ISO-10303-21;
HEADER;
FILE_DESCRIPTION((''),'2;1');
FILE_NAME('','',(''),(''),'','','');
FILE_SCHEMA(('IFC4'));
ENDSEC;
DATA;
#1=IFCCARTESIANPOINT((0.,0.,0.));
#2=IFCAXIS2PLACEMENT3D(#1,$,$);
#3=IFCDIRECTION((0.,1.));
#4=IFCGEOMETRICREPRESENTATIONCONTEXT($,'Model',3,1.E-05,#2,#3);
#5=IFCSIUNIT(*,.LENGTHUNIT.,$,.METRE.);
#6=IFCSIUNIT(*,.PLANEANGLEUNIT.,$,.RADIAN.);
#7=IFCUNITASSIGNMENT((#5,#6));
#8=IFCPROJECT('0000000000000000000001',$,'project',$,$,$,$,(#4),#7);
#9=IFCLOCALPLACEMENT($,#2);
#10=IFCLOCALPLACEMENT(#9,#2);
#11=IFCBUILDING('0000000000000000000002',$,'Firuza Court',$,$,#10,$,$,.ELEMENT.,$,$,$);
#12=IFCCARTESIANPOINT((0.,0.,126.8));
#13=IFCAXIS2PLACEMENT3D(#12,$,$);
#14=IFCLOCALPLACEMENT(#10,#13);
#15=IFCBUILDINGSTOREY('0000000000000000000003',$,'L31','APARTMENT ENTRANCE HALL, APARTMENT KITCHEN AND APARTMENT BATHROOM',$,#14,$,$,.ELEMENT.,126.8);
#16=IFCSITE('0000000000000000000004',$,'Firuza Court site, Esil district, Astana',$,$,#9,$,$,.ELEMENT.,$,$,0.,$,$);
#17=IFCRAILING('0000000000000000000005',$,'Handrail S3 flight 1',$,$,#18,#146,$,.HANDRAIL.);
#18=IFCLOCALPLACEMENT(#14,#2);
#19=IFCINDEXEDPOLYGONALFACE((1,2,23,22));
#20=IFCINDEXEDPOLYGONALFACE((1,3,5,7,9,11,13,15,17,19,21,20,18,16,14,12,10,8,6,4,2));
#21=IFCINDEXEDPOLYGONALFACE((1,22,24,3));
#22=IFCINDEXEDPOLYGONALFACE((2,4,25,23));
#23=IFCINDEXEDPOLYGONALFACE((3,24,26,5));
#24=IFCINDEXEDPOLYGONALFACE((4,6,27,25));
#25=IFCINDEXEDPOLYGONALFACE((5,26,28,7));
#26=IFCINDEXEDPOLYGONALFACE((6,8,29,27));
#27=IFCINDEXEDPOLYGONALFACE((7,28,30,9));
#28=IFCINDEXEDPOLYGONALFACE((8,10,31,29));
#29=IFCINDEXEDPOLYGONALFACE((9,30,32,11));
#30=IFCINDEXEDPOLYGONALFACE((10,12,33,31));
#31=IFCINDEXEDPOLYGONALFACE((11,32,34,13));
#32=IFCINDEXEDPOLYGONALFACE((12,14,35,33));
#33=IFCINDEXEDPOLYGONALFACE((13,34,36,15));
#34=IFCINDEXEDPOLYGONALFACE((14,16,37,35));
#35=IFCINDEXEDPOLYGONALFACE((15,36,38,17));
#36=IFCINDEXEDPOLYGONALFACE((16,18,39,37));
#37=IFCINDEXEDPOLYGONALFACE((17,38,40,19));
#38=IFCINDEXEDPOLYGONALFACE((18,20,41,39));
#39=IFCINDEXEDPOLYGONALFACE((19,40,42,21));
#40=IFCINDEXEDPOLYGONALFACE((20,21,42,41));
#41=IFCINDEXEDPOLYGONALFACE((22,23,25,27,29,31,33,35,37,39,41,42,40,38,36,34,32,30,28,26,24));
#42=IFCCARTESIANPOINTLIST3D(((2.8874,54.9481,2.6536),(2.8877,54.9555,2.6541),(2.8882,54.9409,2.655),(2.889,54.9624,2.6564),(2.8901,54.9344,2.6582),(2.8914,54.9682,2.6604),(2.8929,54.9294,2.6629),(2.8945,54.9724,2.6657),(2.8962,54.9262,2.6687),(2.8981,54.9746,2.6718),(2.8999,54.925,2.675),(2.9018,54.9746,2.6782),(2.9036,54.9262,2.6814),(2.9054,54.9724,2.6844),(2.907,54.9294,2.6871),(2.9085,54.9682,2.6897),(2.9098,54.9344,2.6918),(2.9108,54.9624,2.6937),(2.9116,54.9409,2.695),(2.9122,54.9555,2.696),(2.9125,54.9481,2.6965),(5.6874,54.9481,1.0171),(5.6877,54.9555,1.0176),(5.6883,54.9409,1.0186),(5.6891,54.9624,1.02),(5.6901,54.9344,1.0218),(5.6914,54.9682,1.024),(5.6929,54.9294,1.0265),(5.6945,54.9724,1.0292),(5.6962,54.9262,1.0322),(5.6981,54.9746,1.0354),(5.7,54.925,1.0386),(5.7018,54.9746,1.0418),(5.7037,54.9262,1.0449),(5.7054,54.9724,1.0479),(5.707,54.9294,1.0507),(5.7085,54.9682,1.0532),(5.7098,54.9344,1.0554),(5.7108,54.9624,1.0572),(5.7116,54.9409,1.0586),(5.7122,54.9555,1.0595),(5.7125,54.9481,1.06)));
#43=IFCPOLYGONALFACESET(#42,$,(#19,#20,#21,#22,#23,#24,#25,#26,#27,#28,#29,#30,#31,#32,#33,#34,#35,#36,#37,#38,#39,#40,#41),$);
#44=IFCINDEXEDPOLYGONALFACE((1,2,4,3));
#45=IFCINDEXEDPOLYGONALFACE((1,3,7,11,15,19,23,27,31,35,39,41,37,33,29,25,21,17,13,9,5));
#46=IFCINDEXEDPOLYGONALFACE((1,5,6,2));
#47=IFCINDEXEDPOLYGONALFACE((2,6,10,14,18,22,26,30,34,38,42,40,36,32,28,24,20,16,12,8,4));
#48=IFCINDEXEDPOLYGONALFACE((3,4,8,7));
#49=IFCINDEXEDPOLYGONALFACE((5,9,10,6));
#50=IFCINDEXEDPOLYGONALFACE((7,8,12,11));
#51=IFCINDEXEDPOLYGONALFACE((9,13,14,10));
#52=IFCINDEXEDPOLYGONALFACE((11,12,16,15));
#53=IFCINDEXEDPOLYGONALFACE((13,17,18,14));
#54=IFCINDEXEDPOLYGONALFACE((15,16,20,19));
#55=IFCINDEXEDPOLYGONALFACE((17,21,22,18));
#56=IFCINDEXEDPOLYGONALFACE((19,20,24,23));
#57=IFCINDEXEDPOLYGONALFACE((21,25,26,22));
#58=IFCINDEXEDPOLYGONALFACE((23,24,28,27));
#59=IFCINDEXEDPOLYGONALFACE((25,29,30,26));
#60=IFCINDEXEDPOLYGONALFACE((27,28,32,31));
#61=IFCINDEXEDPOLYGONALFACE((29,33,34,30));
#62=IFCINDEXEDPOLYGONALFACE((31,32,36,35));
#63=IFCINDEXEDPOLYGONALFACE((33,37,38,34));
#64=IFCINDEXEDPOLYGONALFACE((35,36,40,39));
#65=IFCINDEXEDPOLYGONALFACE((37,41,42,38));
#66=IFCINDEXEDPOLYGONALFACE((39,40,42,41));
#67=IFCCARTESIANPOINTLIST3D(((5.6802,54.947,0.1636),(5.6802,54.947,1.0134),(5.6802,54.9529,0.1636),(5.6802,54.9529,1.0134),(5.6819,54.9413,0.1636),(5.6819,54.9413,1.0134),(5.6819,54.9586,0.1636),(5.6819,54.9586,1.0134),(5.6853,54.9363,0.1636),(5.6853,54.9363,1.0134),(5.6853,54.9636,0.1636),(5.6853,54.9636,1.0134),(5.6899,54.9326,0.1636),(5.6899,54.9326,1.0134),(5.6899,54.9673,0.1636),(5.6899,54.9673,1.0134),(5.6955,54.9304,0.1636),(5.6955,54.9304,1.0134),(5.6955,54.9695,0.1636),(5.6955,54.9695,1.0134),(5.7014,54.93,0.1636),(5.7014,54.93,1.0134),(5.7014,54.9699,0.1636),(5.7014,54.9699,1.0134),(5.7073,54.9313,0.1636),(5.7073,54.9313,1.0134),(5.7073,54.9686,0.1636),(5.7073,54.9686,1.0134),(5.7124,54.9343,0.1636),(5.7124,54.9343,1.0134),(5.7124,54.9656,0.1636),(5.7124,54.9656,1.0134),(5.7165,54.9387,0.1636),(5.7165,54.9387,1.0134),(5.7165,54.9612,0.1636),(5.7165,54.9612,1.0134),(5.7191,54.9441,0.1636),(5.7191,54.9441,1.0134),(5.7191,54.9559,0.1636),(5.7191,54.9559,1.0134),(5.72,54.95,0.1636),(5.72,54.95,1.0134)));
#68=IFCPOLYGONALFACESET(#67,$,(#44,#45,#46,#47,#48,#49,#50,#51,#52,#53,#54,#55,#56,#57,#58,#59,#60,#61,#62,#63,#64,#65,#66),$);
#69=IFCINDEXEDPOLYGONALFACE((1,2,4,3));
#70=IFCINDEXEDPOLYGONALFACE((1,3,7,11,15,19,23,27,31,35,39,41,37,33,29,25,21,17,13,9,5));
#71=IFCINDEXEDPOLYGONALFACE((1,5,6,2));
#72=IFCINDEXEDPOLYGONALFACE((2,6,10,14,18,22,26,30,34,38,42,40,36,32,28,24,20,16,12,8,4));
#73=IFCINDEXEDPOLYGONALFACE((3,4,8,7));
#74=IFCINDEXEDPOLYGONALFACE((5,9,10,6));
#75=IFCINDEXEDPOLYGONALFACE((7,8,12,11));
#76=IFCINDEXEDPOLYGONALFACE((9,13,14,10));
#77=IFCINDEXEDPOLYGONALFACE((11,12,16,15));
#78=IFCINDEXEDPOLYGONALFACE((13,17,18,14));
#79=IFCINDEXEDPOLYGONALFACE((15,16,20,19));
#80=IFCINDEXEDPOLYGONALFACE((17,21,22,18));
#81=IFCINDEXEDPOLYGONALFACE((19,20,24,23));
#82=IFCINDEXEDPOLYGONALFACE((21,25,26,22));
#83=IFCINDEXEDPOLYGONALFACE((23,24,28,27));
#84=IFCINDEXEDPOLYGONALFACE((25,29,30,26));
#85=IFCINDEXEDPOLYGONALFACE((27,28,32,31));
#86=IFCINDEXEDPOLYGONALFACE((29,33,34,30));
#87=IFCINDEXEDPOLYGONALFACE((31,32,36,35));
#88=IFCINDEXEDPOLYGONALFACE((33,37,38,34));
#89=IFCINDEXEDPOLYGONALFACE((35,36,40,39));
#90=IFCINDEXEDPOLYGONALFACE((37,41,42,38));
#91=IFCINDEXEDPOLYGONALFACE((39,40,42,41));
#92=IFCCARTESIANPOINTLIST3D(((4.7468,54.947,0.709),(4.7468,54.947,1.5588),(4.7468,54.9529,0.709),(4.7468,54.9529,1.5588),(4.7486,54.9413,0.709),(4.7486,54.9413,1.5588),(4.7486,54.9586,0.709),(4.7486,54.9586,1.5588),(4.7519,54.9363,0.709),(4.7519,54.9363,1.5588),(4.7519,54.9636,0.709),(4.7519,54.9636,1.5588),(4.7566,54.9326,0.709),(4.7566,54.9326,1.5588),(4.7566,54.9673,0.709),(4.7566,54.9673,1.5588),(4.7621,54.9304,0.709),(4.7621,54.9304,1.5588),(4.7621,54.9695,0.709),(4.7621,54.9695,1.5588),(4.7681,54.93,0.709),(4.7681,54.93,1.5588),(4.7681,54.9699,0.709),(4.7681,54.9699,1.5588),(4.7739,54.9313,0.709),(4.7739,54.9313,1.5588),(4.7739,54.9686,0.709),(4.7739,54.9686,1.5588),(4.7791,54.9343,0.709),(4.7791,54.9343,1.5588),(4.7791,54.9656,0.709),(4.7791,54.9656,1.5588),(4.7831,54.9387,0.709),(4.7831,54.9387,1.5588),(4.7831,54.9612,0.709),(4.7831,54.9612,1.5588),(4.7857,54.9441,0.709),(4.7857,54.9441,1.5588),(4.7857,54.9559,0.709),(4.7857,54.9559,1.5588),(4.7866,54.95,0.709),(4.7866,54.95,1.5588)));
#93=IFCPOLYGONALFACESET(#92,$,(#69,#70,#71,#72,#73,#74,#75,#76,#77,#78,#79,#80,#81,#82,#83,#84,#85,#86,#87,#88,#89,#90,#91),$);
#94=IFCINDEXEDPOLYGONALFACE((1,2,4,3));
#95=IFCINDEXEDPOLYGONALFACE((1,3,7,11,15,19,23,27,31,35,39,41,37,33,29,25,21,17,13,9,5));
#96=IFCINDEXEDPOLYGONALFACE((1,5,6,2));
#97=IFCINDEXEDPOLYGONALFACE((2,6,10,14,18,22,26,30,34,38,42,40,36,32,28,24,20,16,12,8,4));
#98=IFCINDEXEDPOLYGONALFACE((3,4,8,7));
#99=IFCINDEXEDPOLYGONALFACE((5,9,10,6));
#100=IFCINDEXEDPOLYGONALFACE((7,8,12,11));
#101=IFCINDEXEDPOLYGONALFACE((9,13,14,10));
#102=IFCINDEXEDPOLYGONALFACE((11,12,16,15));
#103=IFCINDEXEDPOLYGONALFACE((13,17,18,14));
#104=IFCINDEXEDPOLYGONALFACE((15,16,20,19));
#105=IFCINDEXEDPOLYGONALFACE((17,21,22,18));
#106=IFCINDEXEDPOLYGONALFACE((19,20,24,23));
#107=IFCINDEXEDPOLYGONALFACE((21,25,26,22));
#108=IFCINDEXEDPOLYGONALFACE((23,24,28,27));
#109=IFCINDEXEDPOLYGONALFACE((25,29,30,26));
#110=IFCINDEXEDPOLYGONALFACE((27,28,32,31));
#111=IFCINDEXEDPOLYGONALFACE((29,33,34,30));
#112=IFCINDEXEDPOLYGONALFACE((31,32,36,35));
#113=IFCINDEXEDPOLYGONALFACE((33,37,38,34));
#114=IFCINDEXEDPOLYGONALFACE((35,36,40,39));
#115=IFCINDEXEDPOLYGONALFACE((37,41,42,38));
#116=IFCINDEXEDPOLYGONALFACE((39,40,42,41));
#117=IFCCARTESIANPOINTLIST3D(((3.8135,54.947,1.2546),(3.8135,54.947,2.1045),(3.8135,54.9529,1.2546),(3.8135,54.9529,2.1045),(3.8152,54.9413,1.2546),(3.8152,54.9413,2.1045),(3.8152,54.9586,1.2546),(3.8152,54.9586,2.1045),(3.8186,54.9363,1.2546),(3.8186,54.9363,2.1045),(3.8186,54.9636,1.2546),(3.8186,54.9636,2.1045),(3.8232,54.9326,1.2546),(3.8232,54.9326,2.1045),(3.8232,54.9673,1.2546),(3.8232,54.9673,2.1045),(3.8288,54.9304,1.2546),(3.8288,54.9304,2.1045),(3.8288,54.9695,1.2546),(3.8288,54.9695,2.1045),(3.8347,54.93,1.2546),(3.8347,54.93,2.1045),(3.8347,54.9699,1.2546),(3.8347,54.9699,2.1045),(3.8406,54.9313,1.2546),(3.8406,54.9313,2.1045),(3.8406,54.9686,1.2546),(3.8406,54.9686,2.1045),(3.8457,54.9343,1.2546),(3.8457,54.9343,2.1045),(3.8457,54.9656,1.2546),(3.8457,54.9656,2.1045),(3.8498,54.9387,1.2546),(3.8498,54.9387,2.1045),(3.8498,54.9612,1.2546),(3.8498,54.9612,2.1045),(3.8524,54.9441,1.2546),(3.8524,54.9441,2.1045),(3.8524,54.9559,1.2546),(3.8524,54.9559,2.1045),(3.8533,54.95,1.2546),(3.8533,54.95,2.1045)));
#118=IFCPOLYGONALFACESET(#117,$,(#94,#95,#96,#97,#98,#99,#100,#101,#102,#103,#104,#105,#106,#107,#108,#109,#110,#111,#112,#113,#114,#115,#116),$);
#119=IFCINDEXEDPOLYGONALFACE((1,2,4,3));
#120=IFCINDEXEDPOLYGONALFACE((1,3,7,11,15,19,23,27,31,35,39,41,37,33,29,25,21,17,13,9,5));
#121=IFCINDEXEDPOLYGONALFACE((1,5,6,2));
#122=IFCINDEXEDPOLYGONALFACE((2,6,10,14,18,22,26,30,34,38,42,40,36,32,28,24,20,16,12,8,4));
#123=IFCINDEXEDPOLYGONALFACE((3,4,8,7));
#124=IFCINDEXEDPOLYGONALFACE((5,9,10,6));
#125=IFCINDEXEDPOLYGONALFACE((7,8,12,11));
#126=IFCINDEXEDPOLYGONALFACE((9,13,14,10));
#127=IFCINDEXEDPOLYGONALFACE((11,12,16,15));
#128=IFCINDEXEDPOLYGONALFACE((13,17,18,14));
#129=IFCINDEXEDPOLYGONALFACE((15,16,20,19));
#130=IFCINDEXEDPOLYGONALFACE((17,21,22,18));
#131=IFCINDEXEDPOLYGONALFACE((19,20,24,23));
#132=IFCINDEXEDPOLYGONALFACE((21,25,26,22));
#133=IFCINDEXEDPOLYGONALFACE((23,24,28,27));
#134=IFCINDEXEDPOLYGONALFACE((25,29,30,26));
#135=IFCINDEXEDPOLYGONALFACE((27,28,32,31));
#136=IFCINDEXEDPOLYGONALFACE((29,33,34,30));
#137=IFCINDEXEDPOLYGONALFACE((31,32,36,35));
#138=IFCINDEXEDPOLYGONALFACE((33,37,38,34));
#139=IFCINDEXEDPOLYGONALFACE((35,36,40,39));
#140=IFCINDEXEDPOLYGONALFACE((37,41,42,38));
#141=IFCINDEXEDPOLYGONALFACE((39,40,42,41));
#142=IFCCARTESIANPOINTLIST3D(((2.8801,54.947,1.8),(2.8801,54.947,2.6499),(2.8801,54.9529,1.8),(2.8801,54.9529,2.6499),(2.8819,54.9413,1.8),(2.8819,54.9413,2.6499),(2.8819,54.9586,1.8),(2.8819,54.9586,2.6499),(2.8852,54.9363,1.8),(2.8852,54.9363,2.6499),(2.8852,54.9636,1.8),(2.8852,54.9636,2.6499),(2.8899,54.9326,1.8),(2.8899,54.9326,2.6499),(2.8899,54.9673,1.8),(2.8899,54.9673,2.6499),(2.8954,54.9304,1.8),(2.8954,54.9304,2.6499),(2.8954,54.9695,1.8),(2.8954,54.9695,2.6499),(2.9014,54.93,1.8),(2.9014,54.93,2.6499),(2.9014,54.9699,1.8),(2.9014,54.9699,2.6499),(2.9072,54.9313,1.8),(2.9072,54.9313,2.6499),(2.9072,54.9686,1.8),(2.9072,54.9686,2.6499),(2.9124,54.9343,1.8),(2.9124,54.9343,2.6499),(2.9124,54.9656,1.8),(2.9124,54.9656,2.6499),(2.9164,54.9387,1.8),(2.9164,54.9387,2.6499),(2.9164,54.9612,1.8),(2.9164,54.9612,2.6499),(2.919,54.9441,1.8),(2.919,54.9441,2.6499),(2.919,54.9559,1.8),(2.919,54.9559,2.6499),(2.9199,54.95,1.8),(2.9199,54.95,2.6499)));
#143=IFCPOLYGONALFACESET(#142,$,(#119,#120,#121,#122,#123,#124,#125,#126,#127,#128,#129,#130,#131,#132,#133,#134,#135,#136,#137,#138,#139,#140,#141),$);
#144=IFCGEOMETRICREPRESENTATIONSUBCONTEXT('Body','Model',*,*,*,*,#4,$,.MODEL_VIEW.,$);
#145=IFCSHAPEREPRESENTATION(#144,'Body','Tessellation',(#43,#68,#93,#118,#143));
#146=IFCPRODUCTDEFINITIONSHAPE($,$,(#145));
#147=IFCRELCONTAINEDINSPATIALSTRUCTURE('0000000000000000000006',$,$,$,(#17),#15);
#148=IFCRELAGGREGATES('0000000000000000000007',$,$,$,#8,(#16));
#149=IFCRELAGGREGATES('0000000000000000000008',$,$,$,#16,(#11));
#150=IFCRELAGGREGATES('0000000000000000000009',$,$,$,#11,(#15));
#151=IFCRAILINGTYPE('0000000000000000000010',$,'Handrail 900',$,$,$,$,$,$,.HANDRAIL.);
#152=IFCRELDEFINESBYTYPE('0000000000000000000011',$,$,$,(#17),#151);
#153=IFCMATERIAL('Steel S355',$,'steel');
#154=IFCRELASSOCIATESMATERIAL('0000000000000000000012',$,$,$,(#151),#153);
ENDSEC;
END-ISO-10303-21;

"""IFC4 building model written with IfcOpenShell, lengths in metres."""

from ifc_helpers import new_model, si_unit, direction, frame, origin, origin_2d, place, context, subcontext, project, spatial, circle, extrude, material, type_object, element, save


model = new_model("IFC4")

# Units and contexts
model_context = context("Model", 3, precision=1e-05, world=origin(), true_north=direction((0.0, 1.0)))
body_context = subcontext(model_context, "Body", "Model", "MODEL_VIEW")
ifc_project = project(units=[si_unit("LENGTHUNIT", "METRE"), si_unit("PLANEANGLEUNIT", "RADIAN")], contexts=[model_context])

# Site, building, storey
site_placement = place(None, origin())
site = spatial("IfcSite", under=ifc_project, at=site_placement, Name="Firuza Court site, Esil district, Astana", CompositionType="ELEMENT", RefElevation=0.0)
building_placement = place(site_placement, origin())
building = spatial("IfcBuilding", under=site, at=building_placement, Name="Firuza Court", CompositionType="ELEMENT")
storey_placement = place(building_placement, frame((0.0, 0.0, 126.8)))
storey = spatial("IfcBuildingStorey", under=building, at=storey_placement, Name="L31", Description="APARTMENT ENTRANCE HALL, APARTMENT KITCHEN AND APARTMENT BATHROOM", CompositionType="ELEMENT", Elevation=126.8)

# Railing
ifc_material_1 = material(Name="Steel S355", Category="steel")
railing_type_1 = type_object("IfcRailingType", Name="Handrail 900", PredefinedType="HANDRAIL", material=ifc_material_1)
railing_1_placement = place(storey_placement, frame((5.7, 54.95, 0.1636)))
element("IfcRailing", 1, at=railing_1_placement, inside=storey, type_object=railing_type_1, Name="Handrail S3 flight 1", PredefinedType="HANDRAIL", context=body_context, shape_type="SweptSolid", body=[
    extrude(circle(Radius=0.0249, at=origin_2d()), frame((0.0, 0.0, 0.875), z_axis=(-0.863361, 0.0, 0.504587), x_axis=(0.0, -1.0, 0.0)), (0.0, 0.0, 1.0), 3.2432),
    extrude(circle(Radius=0.02, at=origin_2d()), origin(), (0.0, 0.0, 1.0), 0.8499),
    extrude(circle(Radius=0.02, at=origin_2d()), frame((-0.9333, 0.0, 0.5454)), (0.0, 0.0, 1.0), 0.8499),
    extrude(circle(Radius=0.02, at=origin_2d()), frame((-1.8667, 0.0, 1.0911)), (0.0, 0.0, 1.0), 0.8499),
    extrude(circle(Radius=0.02, at=origin_2d()), frame((-2.8, 0.0, 1.6365)), (0.0, 0.0, 1.0), 0.8499),
])

save(model, "model.ifc")
